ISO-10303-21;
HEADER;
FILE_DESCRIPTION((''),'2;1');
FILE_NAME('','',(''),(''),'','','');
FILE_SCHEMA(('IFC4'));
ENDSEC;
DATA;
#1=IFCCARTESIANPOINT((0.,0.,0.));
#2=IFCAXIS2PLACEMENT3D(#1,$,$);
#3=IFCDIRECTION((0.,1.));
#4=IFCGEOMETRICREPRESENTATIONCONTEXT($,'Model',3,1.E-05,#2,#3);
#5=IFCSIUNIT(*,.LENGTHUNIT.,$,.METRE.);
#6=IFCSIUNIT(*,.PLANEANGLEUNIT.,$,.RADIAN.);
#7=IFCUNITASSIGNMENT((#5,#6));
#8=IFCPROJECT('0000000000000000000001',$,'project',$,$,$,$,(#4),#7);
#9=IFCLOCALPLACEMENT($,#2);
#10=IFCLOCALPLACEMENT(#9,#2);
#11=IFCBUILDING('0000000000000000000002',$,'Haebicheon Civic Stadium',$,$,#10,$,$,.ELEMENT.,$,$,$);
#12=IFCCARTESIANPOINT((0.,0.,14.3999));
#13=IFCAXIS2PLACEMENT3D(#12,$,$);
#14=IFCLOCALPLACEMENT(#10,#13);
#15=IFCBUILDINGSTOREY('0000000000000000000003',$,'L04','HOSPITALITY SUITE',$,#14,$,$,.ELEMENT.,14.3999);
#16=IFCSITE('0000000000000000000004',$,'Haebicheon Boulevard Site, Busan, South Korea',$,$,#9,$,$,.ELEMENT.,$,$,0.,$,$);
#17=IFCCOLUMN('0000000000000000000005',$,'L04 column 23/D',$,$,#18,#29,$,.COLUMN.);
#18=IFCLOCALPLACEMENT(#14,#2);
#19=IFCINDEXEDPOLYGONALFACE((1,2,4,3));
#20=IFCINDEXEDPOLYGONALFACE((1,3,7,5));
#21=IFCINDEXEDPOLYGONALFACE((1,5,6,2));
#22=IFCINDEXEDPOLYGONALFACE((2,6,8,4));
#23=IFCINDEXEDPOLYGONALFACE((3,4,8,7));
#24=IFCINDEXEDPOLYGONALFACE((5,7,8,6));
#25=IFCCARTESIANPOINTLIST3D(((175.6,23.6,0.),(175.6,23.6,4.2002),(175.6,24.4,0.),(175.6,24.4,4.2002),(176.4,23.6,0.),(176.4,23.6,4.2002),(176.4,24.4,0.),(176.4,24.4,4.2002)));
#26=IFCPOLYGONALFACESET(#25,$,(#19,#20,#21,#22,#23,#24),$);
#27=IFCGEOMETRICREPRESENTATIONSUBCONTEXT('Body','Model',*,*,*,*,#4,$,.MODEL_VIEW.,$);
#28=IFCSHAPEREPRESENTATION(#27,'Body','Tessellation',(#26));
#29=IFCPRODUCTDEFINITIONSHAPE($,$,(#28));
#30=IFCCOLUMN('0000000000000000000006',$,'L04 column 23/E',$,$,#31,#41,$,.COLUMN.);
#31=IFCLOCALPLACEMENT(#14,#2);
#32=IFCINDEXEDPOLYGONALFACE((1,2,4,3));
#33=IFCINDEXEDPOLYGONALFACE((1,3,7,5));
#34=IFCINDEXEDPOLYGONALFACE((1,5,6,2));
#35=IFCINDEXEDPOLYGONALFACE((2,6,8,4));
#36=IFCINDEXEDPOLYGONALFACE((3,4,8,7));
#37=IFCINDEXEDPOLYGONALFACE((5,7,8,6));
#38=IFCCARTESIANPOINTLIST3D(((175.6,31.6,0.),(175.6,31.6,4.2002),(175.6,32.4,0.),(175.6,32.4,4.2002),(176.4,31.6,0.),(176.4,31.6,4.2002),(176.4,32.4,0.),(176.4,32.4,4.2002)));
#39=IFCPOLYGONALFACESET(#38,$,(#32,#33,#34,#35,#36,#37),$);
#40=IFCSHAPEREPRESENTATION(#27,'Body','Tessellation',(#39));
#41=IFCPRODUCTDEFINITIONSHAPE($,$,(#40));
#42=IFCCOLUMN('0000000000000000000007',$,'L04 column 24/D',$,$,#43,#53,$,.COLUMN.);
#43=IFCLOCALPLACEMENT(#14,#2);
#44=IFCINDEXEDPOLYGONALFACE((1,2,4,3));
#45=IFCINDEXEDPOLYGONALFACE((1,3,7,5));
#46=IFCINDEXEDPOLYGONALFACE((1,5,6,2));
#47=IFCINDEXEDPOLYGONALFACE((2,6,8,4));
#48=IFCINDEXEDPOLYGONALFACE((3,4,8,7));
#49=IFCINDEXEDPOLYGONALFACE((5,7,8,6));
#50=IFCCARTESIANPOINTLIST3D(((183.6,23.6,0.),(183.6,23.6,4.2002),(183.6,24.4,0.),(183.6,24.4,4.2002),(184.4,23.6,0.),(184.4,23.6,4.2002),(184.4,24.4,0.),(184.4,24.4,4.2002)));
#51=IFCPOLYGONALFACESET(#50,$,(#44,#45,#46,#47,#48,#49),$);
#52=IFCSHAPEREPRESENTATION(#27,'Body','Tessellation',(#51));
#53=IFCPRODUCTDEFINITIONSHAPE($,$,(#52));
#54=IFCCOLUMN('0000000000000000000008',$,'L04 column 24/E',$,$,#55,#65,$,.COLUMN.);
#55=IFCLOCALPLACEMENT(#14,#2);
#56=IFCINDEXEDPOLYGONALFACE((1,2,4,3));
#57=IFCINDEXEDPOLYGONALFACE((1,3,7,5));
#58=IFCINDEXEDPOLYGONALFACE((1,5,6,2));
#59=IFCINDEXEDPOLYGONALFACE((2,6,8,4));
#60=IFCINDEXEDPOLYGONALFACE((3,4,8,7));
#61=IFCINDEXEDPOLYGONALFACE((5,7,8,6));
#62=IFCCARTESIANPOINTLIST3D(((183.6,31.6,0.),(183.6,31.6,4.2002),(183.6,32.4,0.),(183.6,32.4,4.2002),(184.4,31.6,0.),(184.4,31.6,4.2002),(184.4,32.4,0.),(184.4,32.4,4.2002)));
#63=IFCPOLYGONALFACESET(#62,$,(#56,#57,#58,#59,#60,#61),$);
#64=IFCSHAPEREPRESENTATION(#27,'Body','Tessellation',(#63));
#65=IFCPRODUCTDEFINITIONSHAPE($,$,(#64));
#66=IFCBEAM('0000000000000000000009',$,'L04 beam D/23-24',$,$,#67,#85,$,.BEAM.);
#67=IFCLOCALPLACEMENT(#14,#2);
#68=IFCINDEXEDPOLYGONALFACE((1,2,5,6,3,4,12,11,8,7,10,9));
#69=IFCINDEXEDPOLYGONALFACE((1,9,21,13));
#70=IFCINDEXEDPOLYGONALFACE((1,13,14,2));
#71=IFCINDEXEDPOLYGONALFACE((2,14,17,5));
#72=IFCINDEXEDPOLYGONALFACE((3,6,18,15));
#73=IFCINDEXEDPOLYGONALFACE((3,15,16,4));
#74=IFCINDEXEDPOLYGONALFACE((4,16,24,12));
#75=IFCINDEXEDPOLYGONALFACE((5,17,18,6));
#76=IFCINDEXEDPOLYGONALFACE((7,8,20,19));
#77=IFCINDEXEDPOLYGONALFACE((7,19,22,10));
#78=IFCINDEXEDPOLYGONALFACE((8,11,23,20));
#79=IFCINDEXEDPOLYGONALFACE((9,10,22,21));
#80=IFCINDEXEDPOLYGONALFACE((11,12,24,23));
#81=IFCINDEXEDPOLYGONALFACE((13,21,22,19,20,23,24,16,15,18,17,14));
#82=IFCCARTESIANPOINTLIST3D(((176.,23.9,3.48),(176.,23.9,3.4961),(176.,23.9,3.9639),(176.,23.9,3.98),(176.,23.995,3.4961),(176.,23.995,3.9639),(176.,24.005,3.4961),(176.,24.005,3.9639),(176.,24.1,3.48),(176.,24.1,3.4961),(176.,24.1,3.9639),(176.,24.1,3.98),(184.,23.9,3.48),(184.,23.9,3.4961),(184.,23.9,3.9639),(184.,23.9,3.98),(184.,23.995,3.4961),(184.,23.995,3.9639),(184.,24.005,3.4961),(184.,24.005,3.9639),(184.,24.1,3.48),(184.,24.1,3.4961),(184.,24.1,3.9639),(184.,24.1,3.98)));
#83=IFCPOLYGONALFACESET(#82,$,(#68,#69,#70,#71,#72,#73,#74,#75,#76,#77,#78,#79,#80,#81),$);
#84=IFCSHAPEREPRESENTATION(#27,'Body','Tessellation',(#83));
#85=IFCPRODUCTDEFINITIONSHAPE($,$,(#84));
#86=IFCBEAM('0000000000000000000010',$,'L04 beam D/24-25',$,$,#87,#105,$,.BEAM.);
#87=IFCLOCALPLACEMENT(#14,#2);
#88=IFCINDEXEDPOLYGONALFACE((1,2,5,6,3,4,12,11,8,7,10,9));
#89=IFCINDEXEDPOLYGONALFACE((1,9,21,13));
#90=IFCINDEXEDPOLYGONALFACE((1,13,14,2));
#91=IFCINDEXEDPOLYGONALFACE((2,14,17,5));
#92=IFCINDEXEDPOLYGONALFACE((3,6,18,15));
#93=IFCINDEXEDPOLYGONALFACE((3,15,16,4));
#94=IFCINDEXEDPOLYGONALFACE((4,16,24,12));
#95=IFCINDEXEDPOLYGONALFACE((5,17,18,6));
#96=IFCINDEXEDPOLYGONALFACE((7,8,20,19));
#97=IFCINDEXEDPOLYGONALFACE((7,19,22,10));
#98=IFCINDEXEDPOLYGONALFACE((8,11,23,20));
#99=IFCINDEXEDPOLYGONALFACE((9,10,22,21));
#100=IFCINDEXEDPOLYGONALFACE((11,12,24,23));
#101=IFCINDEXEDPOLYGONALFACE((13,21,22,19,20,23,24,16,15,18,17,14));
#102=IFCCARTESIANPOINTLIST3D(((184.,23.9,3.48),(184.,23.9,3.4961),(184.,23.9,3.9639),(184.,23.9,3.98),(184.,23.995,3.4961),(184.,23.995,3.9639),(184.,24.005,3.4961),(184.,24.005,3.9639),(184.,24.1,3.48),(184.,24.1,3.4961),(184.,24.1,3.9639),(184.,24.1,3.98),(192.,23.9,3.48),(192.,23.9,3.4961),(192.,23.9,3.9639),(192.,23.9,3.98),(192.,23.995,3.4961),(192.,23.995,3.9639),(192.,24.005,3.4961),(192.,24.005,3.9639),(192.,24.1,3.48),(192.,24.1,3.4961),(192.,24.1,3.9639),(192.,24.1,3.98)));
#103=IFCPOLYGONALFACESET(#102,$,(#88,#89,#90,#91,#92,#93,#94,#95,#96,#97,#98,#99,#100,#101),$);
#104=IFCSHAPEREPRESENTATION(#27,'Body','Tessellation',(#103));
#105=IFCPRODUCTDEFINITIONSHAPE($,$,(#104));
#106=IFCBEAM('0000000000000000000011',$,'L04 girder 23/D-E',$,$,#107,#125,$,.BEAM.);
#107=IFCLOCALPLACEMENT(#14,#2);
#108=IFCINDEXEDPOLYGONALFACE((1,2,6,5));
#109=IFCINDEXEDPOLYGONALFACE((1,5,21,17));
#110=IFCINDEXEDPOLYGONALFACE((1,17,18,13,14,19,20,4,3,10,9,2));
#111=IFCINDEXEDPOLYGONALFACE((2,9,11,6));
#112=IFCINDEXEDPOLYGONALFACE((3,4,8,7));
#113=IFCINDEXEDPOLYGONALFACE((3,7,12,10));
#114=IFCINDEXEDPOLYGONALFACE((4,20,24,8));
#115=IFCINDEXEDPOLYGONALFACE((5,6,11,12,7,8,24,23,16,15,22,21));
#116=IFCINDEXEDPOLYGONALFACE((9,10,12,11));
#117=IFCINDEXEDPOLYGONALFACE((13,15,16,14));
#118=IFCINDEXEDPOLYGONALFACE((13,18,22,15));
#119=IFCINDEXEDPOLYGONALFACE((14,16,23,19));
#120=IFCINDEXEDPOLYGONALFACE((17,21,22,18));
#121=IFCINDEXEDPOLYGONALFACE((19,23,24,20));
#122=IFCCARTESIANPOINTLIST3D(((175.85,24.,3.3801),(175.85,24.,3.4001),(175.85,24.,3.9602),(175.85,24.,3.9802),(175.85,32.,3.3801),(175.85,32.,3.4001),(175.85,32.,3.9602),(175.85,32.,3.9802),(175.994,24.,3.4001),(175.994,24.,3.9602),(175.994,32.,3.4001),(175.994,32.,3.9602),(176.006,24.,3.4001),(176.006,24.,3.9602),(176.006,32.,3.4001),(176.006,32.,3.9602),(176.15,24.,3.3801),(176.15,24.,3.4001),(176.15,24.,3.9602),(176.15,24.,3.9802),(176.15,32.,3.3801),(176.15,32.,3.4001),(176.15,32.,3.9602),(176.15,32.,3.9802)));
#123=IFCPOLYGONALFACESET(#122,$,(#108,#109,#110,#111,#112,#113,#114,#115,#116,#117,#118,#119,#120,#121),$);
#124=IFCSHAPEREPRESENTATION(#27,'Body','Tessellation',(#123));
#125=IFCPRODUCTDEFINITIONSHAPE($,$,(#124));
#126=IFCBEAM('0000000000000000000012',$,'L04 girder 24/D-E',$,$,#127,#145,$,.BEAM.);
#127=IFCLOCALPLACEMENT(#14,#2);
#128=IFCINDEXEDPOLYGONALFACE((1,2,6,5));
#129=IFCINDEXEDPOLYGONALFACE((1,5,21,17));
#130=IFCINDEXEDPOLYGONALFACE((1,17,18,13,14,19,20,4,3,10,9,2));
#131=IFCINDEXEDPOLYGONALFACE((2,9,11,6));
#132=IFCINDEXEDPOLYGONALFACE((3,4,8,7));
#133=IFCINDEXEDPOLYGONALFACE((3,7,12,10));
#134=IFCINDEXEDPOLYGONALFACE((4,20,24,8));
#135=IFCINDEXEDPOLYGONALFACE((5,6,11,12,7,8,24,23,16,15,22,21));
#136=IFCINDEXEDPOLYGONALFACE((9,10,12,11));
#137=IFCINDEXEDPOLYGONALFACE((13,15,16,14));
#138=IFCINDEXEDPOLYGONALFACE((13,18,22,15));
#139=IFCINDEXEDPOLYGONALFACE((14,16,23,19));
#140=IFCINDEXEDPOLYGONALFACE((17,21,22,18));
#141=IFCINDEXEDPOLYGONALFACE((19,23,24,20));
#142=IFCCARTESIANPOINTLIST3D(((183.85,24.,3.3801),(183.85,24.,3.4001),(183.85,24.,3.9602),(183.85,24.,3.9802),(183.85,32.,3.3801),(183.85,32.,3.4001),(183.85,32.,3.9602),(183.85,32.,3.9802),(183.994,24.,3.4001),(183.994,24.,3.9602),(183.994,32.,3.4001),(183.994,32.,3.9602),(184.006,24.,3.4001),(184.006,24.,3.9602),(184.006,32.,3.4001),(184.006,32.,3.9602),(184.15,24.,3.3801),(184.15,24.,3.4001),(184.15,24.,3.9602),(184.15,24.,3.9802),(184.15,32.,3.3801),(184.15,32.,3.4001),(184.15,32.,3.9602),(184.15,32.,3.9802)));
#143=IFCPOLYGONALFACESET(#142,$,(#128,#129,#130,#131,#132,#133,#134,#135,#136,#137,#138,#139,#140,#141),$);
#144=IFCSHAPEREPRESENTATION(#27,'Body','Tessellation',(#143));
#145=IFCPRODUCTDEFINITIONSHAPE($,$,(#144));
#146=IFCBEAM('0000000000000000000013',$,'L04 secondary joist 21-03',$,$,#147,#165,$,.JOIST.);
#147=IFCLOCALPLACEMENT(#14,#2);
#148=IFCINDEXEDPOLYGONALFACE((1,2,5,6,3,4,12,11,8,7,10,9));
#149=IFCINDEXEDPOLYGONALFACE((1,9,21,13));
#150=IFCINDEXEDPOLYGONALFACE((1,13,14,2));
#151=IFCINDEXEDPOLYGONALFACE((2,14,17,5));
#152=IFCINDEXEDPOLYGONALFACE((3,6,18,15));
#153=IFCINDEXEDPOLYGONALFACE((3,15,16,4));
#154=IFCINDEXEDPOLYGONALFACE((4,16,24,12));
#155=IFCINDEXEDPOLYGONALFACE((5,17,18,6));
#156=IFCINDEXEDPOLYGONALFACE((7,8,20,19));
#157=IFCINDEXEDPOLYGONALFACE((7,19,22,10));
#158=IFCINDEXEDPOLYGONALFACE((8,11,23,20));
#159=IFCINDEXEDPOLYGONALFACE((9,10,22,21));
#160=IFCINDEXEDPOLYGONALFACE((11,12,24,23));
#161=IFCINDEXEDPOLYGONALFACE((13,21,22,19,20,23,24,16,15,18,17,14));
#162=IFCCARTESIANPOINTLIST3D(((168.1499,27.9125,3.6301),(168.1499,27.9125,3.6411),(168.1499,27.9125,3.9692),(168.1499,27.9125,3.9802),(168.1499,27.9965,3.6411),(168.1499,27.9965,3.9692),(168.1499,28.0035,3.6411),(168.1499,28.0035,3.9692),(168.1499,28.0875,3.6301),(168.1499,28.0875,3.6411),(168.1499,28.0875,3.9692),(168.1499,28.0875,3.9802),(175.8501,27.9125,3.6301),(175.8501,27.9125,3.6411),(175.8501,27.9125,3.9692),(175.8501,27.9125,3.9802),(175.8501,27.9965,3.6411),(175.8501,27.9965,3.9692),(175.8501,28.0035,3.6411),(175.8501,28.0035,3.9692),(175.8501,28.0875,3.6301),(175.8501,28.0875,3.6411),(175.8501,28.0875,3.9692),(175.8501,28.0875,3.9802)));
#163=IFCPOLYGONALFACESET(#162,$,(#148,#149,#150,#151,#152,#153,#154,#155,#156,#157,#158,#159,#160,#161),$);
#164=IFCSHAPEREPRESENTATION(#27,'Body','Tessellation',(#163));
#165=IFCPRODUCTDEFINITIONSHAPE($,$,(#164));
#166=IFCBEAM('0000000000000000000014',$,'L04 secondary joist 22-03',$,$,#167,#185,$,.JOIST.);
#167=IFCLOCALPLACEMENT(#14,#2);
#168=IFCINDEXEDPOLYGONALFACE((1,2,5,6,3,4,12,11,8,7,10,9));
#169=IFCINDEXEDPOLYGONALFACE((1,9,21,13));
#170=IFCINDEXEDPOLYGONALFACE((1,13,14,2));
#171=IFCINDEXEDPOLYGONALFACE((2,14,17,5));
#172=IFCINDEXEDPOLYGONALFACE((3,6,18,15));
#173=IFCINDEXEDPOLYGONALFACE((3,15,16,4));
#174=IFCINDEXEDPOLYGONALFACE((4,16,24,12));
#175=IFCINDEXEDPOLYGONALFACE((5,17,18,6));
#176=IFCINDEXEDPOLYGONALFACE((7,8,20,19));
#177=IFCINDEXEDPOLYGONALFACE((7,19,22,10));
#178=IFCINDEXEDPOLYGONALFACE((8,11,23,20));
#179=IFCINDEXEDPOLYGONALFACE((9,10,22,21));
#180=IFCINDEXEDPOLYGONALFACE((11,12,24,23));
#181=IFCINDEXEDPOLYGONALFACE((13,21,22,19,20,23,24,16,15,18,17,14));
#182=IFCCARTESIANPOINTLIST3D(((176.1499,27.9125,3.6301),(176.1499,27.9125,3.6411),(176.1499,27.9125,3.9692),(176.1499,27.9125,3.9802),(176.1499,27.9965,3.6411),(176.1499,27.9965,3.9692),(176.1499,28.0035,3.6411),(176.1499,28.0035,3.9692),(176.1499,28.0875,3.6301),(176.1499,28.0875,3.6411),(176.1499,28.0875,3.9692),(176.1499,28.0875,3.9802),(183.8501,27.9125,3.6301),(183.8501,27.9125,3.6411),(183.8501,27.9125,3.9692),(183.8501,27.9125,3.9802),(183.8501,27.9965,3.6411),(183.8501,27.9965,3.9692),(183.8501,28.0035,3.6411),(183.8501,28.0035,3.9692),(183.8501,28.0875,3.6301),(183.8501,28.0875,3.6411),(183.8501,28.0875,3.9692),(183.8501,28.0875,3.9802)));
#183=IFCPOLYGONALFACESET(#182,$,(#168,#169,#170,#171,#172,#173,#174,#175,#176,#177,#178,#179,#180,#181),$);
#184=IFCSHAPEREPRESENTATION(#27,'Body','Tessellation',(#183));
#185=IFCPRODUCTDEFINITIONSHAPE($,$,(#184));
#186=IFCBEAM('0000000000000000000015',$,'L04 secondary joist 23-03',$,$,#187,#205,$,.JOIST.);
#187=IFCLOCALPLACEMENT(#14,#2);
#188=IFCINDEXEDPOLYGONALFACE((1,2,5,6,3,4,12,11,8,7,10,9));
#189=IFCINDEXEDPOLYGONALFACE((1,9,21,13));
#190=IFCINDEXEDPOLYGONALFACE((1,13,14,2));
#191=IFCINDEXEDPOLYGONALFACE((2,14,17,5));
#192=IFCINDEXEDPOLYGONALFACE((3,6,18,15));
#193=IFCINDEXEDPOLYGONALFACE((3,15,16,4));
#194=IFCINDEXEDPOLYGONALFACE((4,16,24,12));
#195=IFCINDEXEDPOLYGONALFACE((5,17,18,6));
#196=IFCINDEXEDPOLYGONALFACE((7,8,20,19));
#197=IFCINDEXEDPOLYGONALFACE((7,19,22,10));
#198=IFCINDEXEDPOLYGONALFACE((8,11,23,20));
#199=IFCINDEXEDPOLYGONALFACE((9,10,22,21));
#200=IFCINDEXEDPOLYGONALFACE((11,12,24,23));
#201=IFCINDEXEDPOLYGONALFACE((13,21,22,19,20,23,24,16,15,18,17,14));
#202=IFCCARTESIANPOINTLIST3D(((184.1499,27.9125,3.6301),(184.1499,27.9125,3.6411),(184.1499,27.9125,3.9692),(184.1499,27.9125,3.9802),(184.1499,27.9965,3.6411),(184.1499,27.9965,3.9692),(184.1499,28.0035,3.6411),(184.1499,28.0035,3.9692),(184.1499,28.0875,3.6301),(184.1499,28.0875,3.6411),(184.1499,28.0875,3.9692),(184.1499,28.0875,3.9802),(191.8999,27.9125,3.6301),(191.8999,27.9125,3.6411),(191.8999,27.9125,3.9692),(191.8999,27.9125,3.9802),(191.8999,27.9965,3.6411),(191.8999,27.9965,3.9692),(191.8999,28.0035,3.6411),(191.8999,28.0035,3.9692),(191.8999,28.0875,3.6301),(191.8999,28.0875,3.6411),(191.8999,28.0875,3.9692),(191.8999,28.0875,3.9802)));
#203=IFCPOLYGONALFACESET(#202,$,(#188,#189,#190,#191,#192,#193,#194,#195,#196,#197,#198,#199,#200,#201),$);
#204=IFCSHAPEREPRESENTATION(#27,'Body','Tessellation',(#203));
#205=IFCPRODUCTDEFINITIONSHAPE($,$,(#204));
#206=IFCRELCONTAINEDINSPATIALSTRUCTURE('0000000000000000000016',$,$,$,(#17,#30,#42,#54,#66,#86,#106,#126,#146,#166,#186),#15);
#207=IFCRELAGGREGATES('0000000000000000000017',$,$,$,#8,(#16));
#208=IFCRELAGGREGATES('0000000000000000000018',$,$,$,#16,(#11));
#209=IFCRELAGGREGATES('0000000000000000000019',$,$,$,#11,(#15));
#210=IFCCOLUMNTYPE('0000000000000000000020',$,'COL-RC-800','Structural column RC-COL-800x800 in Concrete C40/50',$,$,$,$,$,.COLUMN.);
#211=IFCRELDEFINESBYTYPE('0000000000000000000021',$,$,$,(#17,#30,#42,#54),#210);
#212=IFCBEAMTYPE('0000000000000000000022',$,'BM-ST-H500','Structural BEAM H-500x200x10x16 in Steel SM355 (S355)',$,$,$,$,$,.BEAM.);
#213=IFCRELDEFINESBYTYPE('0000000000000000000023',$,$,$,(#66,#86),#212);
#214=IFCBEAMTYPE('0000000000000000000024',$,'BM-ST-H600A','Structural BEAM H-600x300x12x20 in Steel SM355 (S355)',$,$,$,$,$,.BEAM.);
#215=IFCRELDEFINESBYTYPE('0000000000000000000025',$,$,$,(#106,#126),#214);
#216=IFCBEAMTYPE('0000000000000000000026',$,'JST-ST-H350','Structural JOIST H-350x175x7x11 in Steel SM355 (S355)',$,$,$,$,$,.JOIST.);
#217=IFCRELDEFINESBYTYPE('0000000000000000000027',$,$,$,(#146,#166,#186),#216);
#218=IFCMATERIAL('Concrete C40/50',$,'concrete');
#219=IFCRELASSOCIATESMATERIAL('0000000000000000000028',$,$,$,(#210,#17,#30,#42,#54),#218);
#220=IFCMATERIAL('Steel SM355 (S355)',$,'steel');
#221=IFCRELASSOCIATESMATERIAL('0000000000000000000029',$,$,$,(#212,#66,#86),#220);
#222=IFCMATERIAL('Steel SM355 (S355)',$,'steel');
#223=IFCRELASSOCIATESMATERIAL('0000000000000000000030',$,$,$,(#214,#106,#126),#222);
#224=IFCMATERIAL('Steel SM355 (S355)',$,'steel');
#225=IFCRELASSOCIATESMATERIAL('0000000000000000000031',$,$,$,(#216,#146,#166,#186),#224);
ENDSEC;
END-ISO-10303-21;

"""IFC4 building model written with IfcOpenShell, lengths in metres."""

from ifc_helpers import new_model, si_unit, direction, frame, origin, origin_2d, place, context, subcontext, project, spatial, rectangle, i_section, extrude, material, material_profile, profile_set, type_object, element, save


model = new_model("IFC4")

# Units and contexts
model_context = context("Model", 3, precision=1e-05, world=origin(), true_north=direction((0.0, 1.0)))
body_context = subcontext(model_context, "Body", "Model", "MODEL_VIEW")
ifc_project = project(units=[si_unit("LENGTHUNIT", "METRE"), si_unit("PLANEANGLEUNIT", "RADIAN")], contexts=[model_context])

# Site, building, storey
site_placement = place(None, origin())
site = spatial("IfcSite", under=ifc_project, at=site_placement, Name="Haebicheon Boulevard Site, Busan, South Korea", CompositionType="ELEMENT", RefElevation=0.0)
building_placement = place(site_placement, origin())
building = spatial("IfcBuilding", under=site, at=building_placement, Name="Haebicheon Civic Stadium", CompositionType="ELEMENT")
storey_placement = place(building_placement, frame((0.0, 0.0, 14.3999)))
storey = spatial("IfcBuildingStorey", under=building, at=storey_placement, Name="L04", Description="HOSPITALITY SUITE", CompositionType="ELEMENT", Elevation=14.3999)

# Columns
ifc_material_1 = material(Name="Concrete C40/50", Category="concrete")
ifc_material_profile_1 = material_profile(ifc_material_1, rectangle(XDim=0.8, YDim=0.8, at=origin_2d()), Name="RC-COL-800x800")
ifc_profile_set_1 = profile_set([ifc_material_profile_1], Name="Concrete C40/50")
column_type = type_object("IfcColumnType", Name="COL-RC-800", Description="Structural column RC-COL-800x800 in Concrete C40/50", PredefinedType="COLUMN", material=ifc_profile_set_1)
for number, where, z_axis, x_axis, name in (
    (1, (176.0, 24.0, 0.0), (0.0, 0.0, 1.0), (1.0, 0.0, 0.0), "L04 column 23/D"),
    (2, (176.0, 32.0, 0.0), (0.0, 0.0, 1.0), (1.0, 0.0, 0.0), "L04 column 23/E"),
    (3, (184.0, 24.0, 0.0), (0.0, 0.0, 1.0), (1.0, 0.0, 0.0), "L04 column 24/D"),
    (4, (184.0, 32.0, 0.0), (0.0, 0.0, 1.0), (1.0, 0.0, 0.0), "L04 column 24/E"),
):
    element("IfcColumn", number, at=place(storey_placement, frame(where, z_axis=z_axis, x_axis=x_axis)), inside=storey, type_object=column_type, material=ifc_profile_set_1, Name=name, PredefinedType="COLUMN", context=body_context, shape_type="SweptSolid", body=[
        extrude(rectangle(XDim=0.8, YDim=0.8, at=origin_2d()), origin(), (0.0, 0.0, 1.0), 4.2002),
    ])

# Beams
ifc_material_2 = material(Name="Steel SM355 (S355)", Category="steel")
ifc_material_profile_2 = material_profile(ifc_material_2, i_section(OverallWidth=0.2, OverallDepth=0.5, WebThickness=0.01, FlangeThickness=0.0161, at=origin_2d()), Name="H-500x200x10x16")
ifc_profile_set_2 = profile_set([ifc_material_profile_2], Name="Steel SM355 (S355)")
beam_type_1 = type_object("IfcBeamType", Name="BM-ST-H500", Description="Structural BEAM H-500x200x10x16 in Steel SM355 (S355)", PredefinedType="BEAM", material=ifc_profile_set_2)
for number, where, z_axis, x_axis, name in (
    (5, (176.0, 24.0, 3.73), (1.0, 0.0, 0.0), (0.0, 1.0, 0.0), "L04 beam D/23-24"),
    (6, (184.0, 24.0, 3.73), (1.0, 0.0, 0.0), (0.0, 1.0, 0.0), "L04 beam D/24-25"),
):
    element("IfcBeam", number, at=place(storey_placement, frame(where, z_axis=z_axis, x_axis=x_axis)), inside=storey, type_object=beam_type_1, material=ifc_profile_set_2, Name=name, PredefinedType="BEAM", context=body_context, shape_type="SweptSolid", body=[
        extrude(i_section(OverallWidth=0.2, OverallDepth=0.5, WebThickness=0.01, FlangeThickness=0.0161, at=origin_2d()), origin(), (0.0, 0.0, 1.0), 8.0),
    ])
ifc_material_3 = material(Name="Steel SM355 (S355)", Category="steel")
ifc_material_profile_3 = material_profile(ifc_material_3, i_section(OverallWidth=0.3, OverallDepth=0.6001, WebThickness=0.012, FlangeThickness=0.02, at=origin_2d()), Name="H-600x300x12x20")
ifc_profile_set_3 = profile_set([ifc_material_profile_3], Name="Steel SM355 (S355)")
beam_type_2 = type_object("IfcBeamType", Name="BM-ST-H600A", Description="Structural BEAM H-600x300x12x20 in Steel SM355 (S355)", PredefinedType="BEAM", material=ifc_profile_set_3)
for number, where, z_axis, x_axis, name in (
    (7, (176.0, 24.0, 3.6802), (0.0, 1.0, 0.0), (-1.0, 0.0, 0.0), "L04 girder 23/D-E"),
    (8, (184.0, 24.0, 3.6802), (0.0, 1.0, 0.0), (-1.0, 0.0, 0.0), "L04 girder 24/D-E"),
):
    element("IfcBeam", number, at=place(storey_placement, frame(where, z_axis=z_axis, x_axis=x_axis)), inside=storey, type_object=beam_type_2, material=ifc_profile_set_3, Name=name, PredefinedType="BEAM", context=body_context, shape_type="SweptSolid", body=[
        extrude(i_section(OverallWidth=0.3, OverallDepth=0.6001, WebThickness=0.012, FlangeThickness=0.02, at=origin_2d()), origin(), (0.0, 0.0, 1.0), 8.0),
    ])
ifc_material_4 = material(Name="Steel SM355 (S355)", Category="steel")
ifc_material_profile_4 = material_profile(ifc_material_4, i_section(OverallWidth=0.175, OverallDepth=0.3501, WebThickness=0.0071, FlangeThickness=0.011, at=origin_2d()), Name="H-350x175x7x11")
ifc_profile_set_4 = profile_set([ifc_material_profile_4], Name="Steel SM355 (S355)")
beam_type_3 = type_object("IfcBeamType", Name="JST-ST-H350", Description="Structural JOIST H-350x175x7x11 in Steel SM355 (S355)", PredefinedType="JOIST", material=ifc_profile_set_4)
for number, where, z_axis, x_axis, name in (
    (9, (168.1499, 28.0, 3.8052), (1.0, 0.0, 0.0), (0.0, 1.0, 0.0), "L04 secondary joist 21-03"),
    (10, (176.1499, 28.0, 3.8052), (1.0, 0.0, 0.0), (0.0, 1.0, 0.0), "L04 secondary joist 22-03"),
):
    element("IfcBeam", number, at=place(storey_placement, frame(where, z_axis=z_axis, x_axis=x_axis)), inside=storey, type_object=beam_type_3, material=ifc_profile_set_4, Name=name, PredefinedType="JOIST", context=body_context, shape_type="SweptSolid", body=[
        extrude(i_section(OverallWidth=0.175, OverallDepth=0.3501, WebThickness=0.0071, FlangeThickness=0.011, at=origin_2d()), origin(), (0.0, 0.0, 1.0), 7.7002),
    ])
beam_placement = place(storey_placement, frame((184.1499, 28.0, 3.8052), z_axis=(1.0, 0.0, 0.0), x_axis=(0.0, 1.0, 0.0)))
element("IfcBeam", 11, at=beam_placement, inside=storey, type_object=beam_type_3, material=ifc_profile_set_4, Name="L04 secondary joist 23-03", PredefinedType="JOIST", context=body_context, shape_type="SweptSolid", body=[
    extrude(i_section(OverallWidth=0.175, OverallDepth=0.3501, WebThickness=0.0071, FlangeThickness=0.011, at=origin_2d()), origin(), (0.0, 0.0, 1.0), 7.75),
])

save(model, "model.ifc")
